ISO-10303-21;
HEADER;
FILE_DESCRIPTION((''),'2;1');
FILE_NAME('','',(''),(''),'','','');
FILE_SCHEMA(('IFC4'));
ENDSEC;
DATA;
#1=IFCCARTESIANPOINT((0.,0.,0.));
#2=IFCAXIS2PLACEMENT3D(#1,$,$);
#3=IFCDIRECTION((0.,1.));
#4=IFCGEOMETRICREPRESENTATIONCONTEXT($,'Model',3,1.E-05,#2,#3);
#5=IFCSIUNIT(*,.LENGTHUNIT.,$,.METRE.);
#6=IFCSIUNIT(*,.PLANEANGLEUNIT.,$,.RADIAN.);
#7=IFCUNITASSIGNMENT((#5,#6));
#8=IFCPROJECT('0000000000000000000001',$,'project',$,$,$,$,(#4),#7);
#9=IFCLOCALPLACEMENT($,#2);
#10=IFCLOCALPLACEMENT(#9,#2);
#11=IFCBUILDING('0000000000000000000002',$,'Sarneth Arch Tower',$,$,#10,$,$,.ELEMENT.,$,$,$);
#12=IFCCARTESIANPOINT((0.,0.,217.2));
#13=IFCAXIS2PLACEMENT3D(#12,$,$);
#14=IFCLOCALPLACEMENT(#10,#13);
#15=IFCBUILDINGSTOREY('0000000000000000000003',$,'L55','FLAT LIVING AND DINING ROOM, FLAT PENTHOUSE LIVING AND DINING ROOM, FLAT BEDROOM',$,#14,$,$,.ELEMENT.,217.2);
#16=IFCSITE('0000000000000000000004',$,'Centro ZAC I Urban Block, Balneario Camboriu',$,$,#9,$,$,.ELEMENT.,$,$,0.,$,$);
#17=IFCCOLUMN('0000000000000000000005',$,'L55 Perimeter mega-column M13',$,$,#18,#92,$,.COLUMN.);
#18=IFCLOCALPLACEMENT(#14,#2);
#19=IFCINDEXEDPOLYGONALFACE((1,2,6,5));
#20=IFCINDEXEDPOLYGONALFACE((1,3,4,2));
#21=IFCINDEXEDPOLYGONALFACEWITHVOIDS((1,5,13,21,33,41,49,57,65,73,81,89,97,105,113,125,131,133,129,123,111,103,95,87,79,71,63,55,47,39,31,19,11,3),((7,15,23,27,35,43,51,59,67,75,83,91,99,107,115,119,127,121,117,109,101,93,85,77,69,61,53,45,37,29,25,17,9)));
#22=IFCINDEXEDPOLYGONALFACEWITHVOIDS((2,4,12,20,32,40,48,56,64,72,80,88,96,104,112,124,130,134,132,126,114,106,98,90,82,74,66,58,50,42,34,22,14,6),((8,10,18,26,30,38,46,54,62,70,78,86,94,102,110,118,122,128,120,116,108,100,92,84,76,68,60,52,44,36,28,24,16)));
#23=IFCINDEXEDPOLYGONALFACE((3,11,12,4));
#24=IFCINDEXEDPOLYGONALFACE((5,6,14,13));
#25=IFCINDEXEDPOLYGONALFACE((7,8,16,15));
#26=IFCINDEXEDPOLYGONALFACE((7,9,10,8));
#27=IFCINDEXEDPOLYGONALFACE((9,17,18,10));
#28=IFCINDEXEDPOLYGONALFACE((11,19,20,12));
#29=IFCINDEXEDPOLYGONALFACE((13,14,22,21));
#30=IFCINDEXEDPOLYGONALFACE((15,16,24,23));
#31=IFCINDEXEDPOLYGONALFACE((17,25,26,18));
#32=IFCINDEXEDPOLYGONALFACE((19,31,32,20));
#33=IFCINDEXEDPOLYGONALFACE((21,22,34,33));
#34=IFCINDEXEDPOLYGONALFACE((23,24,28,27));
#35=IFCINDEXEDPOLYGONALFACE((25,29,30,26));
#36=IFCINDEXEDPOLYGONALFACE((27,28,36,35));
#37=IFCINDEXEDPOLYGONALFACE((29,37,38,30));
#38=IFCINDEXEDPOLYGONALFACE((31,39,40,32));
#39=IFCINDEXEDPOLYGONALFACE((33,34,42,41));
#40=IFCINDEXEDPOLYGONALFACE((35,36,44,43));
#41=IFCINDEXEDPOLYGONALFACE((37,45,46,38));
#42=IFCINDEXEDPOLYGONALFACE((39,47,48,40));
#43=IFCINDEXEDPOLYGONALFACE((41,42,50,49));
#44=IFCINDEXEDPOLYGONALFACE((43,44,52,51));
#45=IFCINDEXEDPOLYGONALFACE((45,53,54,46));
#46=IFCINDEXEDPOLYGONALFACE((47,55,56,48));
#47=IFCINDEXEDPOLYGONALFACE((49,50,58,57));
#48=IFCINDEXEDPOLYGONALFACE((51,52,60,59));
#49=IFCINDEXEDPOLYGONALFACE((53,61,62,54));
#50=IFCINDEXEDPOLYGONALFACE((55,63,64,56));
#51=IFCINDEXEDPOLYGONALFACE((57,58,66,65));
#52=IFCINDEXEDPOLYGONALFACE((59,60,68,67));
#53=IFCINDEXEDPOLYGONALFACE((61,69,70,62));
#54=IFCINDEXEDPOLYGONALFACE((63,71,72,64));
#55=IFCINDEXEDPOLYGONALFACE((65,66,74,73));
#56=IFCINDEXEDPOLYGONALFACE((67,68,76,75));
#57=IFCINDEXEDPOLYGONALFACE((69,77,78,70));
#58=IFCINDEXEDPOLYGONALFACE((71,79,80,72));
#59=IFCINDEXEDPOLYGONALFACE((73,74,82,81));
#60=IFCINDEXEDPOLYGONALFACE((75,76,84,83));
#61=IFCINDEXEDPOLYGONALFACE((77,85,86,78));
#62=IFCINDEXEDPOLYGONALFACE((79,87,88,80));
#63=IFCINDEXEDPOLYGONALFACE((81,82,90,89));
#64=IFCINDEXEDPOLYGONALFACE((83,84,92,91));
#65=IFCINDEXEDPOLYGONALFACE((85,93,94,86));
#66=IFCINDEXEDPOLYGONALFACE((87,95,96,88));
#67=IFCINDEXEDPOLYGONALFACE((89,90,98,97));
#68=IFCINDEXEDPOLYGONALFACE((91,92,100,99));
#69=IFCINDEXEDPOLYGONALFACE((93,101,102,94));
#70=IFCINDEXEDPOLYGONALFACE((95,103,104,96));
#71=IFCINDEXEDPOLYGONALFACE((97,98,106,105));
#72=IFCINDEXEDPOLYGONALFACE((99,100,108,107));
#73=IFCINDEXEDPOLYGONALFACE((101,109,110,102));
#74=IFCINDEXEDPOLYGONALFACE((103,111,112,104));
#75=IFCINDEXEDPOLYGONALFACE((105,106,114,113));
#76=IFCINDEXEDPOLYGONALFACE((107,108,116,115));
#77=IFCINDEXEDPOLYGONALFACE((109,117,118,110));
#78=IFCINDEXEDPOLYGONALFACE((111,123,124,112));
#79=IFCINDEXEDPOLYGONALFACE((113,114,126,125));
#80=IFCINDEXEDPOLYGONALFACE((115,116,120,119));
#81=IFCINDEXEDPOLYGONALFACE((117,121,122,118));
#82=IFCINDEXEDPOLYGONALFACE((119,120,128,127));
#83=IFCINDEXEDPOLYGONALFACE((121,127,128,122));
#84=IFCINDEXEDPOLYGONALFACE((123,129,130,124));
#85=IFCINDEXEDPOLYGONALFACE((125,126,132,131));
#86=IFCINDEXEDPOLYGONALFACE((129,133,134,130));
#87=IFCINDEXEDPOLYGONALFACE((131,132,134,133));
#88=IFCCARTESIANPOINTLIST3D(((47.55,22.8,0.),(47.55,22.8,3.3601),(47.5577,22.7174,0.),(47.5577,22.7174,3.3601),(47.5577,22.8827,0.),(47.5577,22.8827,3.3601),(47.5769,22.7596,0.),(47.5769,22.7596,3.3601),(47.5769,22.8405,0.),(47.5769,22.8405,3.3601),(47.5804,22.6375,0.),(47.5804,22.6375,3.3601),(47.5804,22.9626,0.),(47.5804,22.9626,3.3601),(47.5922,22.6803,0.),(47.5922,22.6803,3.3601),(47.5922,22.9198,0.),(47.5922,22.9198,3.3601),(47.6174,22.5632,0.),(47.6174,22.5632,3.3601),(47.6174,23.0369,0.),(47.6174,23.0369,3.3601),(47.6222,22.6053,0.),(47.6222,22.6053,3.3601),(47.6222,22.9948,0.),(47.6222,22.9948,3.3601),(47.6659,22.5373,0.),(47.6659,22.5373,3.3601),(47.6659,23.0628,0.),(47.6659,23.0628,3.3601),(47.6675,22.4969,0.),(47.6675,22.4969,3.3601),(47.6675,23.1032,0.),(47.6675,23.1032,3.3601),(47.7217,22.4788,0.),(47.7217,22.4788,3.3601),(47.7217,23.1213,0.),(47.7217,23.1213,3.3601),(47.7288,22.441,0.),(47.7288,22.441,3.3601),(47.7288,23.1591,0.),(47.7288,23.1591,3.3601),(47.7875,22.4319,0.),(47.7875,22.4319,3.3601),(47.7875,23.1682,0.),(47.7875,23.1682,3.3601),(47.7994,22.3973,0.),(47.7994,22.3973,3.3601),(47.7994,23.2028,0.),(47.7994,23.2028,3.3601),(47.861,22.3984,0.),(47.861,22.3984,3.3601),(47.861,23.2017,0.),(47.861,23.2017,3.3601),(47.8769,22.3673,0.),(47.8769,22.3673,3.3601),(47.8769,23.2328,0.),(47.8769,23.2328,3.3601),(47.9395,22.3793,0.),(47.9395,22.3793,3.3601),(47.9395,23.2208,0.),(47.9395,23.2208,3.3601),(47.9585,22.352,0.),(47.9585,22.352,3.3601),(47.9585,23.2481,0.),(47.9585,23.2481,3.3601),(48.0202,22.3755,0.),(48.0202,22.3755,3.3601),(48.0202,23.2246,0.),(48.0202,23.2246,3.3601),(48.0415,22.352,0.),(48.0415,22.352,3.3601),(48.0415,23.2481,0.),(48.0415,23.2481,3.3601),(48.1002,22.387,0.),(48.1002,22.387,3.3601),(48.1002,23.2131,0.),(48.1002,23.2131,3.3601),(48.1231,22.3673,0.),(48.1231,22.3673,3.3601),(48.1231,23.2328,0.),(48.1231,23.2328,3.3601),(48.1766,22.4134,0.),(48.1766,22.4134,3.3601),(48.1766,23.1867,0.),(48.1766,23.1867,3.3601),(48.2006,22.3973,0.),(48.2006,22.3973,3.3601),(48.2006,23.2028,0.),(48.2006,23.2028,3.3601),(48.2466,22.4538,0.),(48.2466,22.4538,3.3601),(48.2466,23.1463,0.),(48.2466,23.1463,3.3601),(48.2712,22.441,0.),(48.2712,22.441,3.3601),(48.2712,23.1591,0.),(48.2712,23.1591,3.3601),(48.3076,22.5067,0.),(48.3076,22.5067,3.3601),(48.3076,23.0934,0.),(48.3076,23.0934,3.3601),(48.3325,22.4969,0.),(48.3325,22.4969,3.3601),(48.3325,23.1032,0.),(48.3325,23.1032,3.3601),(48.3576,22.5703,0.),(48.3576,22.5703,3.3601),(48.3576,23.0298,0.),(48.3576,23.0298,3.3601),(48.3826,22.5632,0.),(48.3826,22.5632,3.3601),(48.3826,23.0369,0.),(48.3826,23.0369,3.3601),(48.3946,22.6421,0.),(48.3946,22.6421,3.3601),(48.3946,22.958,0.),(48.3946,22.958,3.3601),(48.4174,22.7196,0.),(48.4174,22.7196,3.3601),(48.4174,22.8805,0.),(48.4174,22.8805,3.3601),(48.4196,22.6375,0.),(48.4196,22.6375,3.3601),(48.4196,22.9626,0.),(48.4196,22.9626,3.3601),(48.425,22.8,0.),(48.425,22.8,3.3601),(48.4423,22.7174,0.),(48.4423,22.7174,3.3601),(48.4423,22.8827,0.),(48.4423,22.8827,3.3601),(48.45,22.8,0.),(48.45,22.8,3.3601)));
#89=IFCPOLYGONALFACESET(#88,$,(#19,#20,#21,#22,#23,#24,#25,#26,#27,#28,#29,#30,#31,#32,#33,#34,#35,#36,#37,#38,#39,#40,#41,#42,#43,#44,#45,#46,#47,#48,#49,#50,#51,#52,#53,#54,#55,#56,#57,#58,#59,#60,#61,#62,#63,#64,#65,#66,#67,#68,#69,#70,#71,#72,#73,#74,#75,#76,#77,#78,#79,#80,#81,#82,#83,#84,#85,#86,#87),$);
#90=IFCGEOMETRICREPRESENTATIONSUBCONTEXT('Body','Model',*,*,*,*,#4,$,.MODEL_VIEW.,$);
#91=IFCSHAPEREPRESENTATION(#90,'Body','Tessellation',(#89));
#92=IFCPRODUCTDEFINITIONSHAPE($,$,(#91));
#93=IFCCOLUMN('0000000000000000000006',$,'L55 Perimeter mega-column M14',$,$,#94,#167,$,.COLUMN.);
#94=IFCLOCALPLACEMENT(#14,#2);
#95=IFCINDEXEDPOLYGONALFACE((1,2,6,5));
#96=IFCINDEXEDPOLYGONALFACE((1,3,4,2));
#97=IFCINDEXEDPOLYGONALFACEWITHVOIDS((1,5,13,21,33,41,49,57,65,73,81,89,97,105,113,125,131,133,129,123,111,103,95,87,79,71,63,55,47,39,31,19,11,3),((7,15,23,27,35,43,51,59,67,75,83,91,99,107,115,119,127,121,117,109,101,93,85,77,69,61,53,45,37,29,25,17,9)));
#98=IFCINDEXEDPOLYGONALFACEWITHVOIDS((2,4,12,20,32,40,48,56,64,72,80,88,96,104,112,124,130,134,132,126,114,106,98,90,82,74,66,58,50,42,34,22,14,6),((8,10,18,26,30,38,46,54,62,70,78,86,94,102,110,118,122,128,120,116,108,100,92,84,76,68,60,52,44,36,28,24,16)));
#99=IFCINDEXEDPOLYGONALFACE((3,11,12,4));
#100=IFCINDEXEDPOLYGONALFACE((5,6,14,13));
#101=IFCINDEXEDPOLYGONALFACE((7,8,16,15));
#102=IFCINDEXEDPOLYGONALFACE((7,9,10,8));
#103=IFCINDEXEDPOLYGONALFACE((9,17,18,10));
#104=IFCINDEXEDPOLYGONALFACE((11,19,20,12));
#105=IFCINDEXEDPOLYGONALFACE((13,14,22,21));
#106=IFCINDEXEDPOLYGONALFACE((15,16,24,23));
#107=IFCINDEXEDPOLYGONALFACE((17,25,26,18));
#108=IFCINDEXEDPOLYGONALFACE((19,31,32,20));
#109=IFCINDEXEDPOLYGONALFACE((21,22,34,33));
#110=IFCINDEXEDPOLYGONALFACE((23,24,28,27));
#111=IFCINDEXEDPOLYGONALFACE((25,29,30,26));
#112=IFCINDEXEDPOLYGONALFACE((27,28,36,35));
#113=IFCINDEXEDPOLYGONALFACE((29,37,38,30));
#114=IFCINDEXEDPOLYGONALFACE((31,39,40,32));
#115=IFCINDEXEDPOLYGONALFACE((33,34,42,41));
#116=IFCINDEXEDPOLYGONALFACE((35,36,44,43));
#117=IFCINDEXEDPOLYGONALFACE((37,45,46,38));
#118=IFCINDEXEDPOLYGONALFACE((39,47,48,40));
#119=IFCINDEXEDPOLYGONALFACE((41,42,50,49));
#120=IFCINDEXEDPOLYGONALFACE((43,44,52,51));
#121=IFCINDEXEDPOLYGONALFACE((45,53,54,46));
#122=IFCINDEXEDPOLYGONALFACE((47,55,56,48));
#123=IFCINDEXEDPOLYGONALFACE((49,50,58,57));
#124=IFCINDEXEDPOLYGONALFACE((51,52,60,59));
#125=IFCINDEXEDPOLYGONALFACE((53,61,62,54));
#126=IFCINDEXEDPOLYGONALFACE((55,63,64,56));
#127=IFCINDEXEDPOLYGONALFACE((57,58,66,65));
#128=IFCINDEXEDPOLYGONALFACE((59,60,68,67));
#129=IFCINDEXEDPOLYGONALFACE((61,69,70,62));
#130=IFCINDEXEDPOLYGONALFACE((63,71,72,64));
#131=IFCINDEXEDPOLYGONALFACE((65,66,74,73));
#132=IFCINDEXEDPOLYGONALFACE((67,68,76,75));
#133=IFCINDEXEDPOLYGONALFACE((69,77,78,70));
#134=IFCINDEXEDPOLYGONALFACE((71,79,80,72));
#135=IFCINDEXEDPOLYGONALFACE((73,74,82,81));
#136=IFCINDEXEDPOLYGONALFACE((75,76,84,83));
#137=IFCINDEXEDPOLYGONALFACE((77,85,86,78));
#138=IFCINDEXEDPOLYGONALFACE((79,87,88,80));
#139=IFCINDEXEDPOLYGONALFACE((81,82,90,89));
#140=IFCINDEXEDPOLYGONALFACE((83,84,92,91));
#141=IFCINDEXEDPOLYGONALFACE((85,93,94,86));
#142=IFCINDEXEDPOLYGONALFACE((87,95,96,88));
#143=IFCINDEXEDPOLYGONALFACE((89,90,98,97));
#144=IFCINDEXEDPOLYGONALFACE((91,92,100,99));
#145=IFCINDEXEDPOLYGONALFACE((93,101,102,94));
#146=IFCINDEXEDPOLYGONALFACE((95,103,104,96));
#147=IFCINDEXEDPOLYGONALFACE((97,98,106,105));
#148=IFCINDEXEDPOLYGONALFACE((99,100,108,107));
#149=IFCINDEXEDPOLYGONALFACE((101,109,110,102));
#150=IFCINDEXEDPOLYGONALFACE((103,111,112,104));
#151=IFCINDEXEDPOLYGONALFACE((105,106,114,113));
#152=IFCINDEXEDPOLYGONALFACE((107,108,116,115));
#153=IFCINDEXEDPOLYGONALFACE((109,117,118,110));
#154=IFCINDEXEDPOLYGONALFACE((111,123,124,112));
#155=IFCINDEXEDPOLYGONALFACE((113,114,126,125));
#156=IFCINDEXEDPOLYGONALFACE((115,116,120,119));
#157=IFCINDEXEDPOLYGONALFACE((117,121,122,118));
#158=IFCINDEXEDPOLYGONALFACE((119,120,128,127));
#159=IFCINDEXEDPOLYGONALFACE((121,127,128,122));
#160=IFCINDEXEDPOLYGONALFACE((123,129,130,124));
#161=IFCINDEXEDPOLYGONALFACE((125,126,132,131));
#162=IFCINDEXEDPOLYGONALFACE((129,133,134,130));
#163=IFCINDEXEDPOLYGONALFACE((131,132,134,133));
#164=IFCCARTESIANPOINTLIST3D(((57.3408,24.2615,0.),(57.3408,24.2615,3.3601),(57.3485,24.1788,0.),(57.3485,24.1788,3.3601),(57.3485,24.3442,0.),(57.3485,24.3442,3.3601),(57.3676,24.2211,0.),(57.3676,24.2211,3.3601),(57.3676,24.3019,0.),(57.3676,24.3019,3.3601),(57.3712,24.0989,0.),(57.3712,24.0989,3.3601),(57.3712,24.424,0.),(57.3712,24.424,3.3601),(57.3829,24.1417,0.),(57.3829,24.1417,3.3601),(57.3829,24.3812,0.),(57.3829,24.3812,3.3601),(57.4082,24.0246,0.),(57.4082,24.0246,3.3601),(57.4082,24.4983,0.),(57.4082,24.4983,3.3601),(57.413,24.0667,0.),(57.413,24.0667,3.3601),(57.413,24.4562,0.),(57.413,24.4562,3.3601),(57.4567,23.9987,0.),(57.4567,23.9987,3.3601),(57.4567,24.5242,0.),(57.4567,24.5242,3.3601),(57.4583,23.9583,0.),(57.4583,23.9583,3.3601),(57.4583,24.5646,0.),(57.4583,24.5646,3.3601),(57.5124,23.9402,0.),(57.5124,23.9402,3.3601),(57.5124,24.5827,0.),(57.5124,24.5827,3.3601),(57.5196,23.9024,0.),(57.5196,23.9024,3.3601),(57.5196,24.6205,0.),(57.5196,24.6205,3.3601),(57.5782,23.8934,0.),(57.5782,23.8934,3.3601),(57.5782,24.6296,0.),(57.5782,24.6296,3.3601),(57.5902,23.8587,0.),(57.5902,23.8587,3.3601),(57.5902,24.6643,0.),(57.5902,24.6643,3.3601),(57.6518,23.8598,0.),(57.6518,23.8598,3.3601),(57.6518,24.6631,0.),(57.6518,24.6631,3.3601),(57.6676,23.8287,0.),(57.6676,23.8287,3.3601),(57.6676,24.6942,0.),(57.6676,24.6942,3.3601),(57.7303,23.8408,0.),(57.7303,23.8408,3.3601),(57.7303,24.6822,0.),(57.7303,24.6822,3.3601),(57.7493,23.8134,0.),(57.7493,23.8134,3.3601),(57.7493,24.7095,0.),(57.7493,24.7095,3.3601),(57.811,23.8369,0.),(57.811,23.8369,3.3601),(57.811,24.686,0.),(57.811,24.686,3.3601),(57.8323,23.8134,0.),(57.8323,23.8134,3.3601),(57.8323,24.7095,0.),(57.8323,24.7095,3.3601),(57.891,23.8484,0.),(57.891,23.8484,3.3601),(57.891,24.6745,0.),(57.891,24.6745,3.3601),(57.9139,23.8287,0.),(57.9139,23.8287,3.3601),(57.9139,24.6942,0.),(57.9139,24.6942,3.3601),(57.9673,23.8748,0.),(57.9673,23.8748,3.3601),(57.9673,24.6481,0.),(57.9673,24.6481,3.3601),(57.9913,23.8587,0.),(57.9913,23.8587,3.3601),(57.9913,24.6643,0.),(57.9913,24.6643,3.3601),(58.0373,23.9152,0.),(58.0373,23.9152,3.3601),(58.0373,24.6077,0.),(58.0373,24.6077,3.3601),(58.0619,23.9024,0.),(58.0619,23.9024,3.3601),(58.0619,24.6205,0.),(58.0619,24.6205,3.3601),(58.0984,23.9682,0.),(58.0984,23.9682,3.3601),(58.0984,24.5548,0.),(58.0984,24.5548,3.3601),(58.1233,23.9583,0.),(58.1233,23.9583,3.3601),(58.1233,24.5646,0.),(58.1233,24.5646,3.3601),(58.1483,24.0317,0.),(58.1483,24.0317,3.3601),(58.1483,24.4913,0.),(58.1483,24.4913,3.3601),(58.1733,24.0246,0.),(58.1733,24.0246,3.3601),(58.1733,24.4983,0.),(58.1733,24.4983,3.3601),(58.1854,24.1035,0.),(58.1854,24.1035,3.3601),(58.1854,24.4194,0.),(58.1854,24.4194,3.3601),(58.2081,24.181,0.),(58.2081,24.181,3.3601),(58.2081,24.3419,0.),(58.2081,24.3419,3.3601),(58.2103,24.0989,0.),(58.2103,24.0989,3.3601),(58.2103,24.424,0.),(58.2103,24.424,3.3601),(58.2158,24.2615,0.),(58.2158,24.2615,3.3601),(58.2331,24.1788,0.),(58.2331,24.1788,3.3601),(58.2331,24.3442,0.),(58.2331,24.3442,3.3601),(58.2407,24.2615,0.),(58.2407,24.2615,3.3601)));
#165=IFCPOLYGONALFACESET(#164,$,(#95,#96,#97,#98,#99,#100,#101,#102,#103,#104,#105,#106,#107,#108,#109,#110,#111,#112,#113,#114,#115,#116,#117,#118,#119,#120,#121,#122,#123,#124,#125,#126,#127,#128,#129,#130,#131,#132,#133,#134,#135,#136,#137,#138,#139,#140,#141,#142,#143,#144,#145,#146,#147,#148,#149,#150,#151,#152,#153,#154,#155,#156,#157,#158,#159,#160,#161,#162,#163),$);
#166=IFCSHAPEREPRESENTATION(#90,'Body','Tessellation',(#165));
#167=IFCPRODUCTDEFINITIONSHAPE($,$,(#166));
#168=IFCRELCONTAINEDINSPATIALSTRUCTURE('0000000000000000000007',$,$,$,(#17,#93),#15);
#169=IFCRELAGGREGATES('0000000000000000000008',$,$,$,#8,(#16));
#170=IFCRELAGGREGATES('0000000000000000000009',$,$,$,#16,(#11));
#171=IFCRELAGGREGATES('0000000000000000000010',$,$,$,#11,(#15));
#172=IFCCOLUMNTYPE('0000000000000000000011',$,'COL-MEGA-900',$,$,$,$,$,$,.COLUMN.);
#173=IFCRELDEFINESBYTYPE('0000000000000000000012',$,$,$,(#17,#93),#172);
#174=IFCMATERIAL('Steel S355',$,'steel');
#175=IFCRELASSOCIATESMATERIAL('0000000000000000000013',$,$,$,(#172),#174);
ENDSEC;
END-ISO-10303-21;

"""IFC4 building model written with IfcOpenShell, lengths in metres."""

from ifc_helpers import new_model, si_unit, direction, frame, origin, origin_2d, place, context, subcontext, project, spatial, hollow_circle, extrude, material, material_profile, profile_set, type_object, element, save


model = new_model("IFC4")

# Units and contexts
model_context = context("Model", 3, precision=1e-05, world=origin(), true_north=direction((0.0, 1.0)))
body_context = subcontext(model_context, "Body", "Model", "MODEL_VIEW")
ifc_project = project(units=[si_unit("LENGTHUNIT", "METRE"), si_unit("PLANEANGLEUNIT", "RADIAN")], contexts=[model_context])

# Site, building, storey
site_placement = place(None, origin())
site = spatial("IfcSite", under=ifc_project, at=site_placement, Name="Centro ZAC I Urban Block, Balneario Camboriu", CompositionType="ELEMENT", RefElevation=0.0)
building_placement = place(site_placement, origin())
building = spatial("IfcBuilding", under=site, at=building_placement, Name="Sarneth Arch Tower", CompositionType="ELEMENT")
storey_placement = place(building_placement, frame((0.0, 0.0, 217.2)))
storey = spatial("IfcBuildingStorey", under=building, at=storey_placement, Name="L55", Description="FLAT LIVING AND DINING ROOM, FLAT PENTHOUSE LIVING AND DINING ROOM, FLAT BEDROOM", CompositionType="ELEMENT", Elevation=217.2)

# Columns
ifc_material_1 = material(Name="Steel S355", Category="steel")
ifc_material_profile_1 = material_profile(ifc_material_1, hollow_circle(Radius=0.45, WallThickness=0.0249, at=origin_2d()), Name="CHS900x25")
ifc_profile_set_1 = profile_set([ifc_material_profile_1], Name="Steel S355")
column_type = type_object("IfcColumnType", Name="COL-MEGA-900", PredefinedType="COLUMN", material=ifc_profile_set_1)
for number, where, z_axis, x_axis, name in (
    (1, (48.0, 22.8, 0.0), (0.0, 0.0, 1.0), (1.0, 0.0, 0.0), "L55 Perimeter mega-column M13"),
    (2, (57.7908, 24.2615, 0.0), (0.0, 0.0, 1.0), (1.0, 0.0, 0.0), "L55 Perimeter mega-column M14"),
):
    element("IfcColumn", number, at=place(storey_placement, frame(where, z_axis=z_axis, x_axis=x_axis)), inside=storey, type_object=column_type, Name=name, PredefinedType="COLUMN", context=body_context, shape_type="SweptSolid", body=[
        extrude(hollow_circle(Radius=0.45, WallThickness=0.0249, at=origin_2d()), origin(), (0.0, 0.0, 1.0), 3.3601),
    ])

save(model, "model.ifc")
